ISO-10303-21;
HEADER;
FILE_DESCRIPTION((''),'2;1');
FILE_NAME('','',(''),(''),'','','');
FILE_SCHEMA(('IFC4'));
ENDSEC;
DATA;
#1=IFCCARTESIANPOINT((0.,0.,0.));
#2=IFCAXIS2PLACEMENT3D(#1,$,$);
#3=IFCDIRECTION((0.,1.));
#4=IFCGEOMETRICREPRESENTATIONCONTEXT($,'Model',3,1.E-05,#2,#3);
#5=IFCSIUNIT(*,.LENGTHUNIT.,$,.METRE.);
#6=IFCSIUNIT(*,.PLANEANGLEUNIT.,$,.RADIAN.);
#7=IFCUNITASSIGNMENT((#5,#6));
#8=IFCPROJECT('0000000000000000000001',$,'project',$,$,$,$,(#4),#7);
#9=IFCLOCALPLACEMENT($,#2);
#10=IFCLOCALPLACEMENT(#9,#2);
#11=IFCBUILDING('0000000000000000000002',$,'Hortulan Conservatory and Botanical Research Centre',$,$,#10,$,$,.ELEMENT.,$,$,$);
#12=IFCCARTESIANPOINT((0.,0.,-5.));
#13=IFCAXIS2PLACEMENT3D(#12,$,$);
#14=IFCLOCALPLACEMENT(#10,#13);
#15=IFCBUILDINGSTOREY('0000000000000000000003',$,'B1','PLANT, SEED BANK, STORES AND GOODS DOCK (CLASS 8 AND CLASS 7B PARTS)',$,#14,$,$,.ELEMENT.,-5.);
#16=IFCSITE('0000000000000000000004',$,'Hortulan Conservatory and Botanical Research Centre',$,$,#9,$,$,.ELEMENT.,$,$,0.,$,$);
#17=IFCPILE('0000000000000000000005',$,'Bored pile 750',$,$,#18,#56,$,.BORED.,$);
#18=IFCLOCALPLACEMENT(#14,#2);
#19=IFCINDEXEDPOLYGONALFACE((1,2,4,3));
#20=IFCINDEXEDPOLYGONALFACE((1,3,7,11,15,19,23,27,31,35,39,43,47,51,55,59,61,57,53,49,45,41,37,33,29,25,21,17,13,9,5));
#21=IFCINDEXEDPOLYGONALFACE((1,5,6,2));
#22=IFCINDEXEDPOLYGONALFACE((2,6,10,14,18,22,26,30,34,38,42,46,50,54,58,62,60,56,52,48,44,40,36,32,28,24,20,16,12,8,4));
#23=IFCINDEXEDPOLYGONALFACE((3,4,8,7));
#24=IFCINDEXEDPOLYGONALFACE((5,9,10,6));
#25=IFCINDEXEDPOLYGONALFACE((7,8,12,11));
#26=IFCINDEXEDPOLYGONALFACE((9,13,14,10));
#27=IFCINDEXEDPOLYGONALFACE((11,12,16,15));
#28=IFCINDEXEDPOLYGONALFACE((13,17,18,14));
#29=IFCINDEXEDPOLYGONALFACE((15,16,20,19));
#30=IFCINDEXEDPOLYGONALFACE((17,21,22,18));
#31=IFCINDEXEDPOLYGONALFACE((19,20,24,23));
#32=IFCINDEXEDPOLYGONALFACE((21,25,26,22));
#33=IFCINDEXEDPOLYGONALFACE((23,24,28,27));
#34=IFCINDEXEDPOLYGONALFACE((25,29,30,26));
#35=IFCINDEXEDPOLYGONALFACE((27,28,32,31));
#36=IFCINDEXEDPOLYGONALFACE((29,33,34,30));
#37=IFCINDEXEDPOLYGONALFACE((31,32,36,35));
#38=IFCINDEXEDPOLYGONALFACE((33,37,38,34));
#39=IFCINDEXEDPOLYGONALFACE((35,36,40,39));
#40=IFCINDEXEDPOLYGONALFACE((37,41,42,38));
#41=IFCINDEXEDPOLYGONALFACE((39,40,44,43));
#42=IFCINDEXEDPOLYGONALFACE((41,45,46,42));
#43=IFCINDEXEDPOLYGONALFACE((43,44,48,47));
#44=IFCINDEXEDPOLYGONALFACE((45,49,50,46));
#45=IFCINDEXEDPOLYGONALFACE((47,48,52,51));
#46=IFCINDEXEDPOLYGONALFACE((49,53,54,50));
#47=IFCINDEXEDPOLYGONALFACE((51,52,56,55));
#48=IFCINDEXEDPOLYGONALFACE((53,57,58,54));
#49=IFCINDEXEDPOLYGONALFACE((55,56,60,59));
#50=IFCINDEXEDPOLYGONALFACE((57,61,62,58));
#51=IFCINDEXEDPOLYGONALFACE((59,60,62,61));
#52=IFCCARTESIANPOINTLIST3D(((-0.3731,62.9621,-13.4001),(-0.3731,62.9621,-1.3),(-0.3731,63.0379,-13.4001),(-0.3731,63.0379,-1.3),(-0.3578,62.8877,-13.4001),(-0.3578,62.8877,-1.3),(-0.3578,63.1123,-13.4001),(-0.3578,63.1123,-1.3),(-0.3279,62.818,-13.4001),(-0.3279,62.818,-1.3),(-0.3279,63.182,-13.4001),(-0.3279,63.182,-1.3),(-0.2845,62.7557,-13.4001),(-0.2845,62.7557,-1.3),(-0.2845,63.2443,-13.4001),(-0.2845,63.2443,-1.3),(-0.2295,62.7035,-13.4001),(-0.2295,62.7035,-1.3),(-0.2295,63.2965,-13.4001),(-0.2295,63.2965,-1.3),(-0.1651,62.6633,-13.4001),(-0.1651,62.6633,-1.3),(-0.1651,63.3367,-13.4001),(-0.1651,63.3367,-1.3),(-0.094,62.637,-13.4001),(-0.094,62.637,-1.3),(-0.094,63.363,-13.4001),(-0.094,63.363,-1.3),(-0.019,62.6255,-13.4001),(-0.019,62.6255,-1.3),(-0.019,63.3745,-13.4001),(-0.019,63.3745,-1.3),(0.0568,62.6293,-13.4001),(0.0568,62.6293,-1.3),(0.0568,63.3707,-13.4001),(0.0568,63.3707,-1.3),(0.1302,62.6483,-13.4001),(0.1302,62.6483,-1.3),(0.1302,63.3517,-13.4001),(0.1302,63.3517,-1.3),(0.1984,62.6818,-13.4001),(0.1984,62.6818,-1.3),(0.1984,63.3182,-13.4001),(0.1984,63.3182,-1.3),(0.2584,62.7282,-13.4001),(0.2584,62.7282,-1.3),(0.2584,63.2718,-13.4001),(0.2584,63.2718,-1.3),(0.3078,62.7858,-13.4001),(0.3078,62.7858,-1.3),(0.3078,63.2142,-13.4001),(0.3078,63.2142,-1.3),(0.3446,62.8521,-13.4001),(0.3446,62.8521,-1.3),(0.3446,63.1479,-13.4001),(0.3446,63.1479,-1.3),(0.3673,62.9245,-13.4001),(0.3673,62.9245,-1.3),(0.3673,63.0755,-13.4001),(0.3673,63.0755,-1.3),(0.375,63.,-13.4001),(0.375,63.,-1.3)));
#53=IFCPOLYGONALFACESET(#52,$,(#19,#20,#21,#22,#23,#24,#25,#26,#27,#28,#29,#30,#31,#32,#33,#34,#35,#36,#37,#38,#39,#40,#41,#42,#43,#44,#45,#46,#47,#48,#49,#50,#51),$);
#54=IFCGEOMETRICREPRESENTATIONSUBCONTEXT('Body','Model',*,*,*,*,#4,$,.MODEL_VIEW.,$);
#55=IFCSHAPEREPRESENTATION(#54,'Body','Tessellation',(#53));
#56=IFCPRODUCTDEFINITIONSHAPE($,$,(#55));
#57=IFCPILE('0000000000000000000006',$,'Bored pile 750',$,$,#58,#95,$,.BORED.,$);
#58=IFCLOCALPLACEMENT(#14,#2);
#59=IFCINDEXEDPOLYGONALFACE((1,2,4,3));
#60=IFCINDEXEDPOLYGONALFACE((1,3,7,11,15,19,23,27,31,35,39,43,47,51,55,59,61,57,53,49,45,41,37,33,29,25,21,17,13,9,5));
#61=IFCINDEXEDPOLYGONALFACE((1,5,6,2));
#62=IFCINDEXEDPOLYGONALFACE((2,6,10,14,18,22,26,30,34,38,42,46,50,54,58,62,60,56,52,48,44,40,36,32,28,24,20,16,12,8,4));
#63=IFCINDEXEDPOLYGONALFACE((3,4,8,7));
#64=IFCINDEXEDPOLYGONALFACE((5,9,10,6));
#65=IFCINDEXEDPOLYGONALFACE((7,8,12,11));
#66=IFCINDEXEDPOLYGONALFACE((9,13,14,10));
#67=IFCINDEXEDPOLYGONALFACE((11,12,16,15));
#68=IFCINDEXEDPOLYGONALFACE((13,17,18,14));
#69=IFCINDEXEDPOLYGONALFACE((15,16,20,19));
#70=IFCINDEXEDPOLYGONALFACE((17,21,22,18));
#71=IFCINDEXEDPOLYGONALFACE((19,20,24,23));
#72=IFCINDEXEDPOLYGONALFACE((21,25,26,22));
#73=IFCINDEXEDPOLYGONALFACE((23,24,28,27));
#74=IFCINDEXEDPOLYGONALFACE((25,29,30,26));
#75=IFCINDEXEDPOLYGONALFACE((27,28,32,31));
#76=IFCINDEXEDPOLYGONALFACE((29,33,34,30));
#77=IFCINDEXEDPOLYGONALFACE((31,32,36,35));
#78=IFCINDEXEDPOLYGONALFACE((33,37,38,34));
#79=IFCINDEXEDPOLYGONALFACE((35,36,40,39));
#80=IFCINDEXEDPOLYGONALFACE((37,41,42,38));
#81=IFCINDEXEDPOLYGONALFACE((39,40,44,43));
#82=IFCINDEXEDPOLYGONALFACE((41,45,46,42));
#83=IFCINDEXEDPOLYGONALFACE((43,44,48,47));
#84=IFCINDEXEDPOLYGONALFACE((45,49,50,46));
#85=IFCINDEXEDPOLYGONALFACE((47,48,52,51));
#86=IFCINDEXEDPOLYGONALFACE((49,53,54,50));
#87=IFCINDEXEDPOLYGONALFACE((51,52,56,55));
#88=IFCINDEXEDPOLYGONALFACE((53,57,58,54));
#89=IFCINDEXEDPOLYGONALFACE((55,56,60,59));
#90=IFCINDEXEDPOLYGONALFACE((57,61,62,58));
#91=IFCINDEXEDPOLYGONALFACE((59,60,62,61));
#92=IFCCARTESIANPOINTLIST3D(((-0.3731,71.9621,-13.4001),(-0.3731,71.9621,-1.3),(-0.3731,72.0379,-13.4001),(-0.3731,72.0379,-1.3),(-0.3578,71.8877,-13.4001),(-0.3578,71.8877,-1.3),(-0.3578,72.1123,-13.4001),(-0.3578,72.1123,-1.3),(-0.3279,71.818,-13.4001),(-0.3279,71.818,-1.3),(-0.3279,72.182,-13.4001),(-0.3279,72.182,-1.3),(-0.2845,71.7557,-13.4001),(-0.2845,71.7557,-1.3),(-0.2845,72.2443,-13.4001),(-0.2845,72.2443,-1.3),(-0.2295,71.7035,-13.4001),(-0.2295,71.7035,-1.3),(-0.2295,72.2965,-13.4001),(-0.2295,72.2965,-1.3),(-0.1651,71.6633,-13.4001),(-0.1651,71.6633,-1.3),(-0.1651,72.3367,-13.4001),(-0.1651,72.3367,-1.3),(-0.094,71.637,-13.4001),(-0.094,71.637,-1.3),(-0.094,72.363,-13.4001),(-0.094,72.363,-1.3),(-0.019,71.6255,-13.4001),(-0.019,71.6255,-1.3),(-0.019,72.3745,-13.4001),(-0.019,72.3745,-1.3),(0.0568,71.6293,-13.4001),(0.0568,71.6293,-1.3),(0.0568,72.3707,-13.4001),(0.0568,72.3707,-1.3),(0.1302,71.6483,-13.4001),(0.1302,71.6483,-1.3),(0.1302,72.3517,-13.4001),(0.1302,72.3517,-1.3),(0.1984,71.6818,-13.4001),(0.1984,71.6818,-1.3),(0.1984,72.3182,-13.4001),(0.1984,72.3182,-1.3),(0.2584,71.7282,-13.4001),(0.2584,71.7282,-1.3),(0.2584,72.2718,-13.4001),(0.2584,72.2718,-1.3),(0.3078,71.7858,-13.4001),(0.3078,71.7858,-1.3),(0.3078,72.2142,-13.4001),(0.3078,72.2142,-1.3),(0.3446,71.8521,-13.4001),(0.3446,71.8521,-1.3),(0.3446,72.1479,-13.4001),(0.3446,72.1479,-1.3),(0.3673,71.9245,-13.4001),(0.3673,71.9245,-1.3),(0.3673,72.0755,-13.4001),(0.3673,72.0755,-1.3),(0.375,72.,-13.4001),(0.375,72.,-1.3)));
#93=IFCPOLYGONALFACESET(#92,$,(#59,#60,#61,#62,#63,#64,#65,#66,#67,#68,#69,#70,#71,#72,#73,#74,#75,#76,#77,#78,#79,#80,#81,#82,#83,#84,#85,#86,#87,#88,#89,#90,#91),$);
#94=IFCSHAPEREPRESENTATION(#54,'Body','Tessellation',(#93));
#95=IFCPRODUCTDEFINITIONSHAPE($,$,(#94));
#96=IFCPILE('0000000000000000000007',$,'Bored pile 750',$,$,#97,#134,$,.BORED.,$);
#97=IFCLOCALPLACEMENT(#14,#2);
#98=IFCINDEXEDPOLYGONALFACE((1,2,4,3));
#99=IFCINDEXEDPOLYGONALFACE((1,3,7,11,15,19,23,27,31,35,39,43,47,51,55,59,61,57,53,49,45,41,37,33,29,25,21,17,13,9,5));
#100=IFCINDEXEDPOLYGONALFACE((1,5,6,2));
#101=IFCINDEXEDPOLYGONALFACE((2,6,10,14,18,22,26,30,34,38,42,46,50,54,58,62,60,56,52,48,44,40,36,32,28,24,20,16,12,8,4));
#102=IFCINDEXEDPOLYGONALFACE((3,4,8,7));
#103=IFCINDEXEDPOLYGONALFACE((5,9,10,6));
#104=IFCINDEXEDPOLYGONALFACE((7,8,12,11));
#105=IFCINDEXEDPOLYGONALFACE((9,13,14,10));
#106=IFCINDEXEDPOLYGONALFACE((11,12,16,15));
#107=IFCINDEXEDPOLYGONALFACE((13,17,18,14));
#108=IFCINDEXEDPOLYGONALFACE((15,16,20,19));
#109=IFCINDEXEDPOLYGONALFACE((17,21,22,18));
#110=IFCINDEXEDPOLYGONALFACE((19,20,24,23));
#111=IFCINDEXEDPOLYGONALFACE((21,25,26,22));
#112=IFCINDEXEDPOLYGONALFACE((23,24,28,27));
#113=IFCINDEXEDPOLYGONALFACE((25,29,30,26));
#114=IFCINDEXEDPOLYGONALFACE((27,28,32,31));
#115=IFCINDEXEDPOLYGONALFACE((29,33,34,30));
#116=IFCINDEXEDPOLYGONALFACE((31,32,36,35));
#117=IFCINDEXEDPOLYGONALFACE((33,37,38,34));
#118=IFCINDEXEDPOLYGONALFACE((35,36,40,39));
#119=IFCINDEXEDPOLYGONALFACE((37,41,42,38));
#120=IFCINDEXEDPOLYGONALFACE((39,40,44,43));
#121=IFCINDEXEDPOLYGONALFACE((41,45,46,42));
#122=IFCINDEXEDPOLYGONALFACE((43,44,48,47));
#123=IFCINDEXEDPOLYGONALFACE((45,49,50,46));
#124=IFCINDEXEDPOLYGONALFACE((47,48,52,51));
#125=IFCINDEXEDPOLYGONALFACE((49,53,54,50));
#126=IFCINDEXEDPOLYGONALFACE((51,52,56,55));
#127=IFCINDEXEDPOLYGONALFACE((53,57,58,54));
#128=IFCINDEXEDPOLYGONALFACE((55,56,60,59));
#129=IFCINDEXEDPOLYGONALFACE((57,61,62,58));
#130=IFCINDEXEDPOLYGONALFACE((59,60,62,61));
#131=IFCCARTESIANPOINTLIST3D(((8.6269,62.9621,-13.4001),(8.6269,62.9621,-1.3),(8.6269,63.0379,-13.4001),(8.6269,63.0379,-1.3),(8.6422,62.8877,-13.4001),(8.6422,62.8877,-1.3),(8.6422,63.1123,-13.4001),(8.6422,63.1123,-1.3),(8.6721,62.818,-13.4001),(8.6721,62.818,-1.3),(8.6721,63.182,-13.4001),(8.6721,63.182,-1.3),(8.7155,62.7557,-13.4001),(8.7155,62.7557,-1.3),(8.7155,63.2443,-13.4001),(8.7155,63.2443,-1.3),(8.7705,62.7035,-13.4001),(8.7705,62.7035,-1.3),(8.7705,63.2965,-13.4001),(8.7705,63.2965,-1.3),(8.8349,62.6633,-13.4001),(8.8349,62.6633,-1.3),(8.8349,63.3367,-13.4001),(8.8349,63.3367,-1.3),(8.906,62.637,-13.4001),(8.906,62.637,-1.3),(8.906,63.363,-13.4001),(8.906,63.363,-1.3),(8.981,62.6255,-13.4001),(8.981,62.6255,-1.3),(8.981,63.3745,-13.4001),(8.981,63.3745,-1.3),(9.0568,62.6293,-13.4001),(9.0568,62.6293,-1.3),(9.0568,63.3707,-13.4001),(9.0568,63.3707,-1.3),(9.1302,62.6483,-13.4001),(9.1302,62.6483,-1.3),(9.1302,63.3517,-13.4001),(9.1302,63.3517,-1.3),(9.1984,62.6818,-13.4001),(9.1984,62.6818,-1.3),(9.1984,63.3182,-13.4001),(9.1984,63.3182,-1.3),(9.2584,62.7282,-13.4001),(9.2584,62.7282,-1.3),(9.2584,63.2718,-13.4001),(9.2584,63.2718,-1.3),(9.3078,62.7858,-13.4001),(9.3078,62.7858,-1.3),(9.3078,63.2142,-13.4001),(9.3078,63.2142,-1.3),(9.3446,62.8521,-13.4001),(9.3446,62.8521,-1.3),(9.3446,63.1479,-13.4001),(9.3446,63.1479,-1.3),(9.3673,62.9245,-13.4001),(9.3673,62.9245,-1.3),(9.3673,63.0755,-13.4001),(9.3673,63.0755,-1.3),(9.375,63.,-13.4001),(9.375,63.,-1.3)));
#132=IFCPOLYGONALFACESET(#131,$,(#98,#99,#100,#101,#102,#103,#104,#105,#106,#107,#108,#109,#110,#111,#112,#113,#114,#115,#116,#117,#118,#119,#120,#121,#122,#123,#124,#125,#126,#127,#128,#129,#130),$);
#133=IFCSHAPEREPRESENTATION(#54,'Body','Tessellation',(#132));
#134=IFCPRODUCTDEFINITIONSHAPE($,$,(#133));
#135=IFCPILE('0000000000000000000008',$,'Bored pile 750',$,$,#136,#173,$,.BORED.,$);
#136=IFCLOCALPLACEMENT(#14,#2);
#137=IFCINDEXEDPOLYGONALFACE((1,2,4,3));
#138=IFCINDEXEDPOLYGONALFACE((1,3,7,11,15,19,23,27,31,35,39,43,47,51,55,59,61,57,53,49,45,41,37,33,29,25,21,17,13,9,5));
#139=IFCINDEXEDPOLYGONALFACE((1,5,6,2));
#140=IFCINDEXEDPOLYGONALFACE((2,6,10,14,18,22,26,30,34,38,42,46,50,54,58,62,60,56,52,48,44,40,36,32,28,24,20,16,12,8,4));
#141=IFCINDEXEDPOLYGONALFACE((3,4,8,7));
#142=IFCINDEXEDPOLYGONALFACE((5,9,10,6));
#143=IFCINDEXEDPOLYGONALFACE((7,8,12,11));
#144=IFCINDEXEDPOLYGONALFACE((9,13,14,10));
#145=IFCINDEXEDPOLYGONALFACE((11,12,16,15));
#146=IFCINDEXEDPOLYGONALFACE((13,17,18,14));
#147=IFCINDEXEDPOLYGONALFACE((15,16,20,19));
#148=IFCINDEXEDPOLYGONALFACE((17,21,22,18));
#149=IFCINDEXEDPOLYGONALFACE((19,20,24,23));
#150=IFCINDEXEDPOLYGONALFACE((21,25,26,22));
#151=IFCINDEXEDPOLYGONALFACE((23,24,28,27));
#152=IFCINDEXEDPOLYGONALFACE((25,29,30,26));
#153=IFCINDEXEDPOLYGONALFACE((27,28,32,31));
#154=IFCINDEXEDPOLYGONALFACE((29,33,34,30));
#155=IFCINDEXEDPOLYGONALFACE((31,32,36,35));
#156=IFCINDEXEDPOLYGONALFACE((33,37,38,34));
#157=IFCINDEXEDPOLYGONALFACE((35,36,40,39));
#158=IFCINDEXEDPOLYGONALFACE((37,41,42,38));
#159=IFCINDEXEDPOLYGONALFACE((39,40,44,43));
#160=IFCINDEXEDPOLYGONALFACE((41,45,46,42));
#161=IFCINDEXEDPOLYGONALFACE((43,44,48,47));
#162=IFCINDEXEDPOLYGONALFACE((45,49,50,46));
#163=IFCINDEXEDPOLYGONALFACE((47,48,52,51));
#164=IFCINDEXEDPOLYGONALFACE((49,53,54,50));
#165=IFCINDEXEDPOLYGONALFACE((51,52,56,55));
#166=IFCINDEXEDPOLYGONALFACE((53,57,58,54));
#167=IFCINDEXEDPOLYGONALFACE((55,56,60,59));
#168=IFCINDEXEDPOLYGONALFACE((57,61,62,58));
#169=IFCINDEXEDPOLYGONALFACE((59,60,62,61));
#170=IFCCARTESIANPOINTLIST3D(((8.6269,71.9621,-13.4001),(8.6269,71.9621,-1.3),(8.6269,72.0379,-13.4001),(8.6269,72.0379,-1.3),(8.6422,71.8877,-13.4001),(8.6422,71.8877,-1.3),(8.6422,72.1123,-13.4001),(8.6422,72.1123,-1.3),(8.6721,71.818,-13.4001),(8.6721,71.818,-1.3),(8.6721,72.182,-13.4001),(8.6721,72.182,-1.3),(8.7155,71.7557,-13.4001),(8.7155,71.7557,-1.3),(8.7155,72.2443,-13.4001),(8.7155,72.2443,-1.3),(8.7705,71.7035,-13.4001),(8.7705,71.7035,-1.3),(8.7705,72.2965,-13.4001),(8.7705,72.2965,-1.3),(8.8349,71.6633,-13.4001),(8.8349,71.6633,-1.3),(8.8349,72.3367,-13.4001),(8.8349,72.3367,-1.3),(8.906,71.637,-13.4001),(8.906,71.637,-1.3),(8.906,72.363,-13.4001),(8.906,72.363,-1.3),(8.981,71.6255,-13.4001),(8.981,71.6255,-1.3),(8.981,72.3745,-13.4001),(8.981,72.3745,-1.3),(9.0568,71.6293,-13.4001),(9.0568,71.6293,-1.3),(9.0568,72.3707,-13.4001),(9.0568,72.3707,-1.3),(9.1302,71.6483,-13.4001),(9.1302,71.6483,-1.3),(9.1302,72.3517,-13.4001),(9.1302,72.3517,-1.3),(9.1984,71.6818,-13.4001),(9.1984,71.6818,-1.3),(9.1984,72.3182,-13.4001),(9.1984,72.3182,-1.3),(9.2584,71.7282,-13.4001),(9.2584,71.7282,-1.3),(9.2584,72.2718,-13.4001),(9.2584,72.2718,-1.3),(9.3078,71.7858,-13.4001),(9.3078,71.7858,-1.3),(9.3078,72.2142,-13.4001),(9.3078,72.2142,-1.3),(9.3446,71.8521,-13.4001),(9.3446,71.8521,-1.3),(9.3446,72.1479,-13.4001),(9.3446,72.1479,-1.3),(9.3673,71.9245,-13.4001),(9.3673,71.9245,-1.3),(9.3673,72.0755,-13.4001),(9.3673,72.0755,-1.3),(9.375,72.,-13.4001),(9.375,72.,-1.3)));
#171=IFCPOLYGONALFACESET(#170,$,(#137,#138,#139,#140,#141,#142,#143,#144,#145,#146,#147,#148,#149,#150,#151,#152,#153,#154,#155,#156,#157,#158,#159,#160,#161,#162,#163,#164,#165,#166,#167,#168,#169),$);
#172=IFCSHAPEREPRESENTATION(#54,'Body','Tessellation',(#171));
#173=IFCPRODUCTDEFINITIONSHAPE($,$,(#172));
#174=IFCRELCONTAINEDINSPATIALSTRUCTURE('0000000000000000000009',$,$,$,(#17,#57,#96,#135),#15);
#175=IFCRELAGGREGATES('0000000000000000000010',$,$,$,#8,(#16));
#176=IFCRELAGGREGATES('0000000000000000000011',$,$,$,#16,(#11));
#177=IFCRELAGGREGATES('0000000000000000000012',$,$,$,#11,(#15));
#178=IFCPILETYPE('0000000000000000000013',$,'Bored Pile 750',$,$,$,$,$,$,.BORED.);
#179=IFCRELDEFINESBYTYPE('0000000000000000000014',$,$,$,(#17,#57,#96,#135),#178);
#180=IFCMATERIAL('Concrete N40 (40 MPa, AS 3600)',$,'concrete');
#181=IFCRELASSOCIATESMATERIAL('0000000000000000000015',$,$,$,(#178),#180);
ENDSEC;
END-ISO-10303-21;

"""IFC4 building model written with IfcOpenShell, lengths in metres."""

from ifc_helpers import new_model, si_unit, direction, frame, origin, origin_2d, place, context, subcontext, project, spatial, circle, extrude, material, material_profile, profile_set, type_object, element, save


model = new_model("IFC4")

# Units and contexts
model_context = context("Model", 3, precision=1e-05, world=origin(), true_north=direction((0.0, 1.0)))
body_context = subcontext(model_context, "Body", "Model", "MODEL_VIEW")
ifc_project = project(units=[si_unit("LENGTHUNIT", "METRE"), si_unit("PLANEANGLEUNIT", "RADIAN")], contexts=[model_context])

# Site, building, storey
site_placement = place(None, origin())
site = spatial("IfcSite", under=ifc_project, at=site_placement, Name="Hortulan Conservatory and Botanical Research Centre", CompositionType="ELEMENT", RefElevation=0.0)
building_placement = place(site_placement, origin())
building = spatial("IfcBuilding", under=site, at=building_placement, Name="Hortulan Conservatory and Botanical Research Centre", CompositionType="ELEMENT")
storey_placement = place(building_placement, frame((0.0, 0.0, -5.0)))
storey = spatial("IfcBuildingStorey", under=building, at=storey_placement, Name="B1", Description="PLANT, SEED BANK, STORES AND GOODS DOCK (CLASS 8 AND CLASS 7B PARTS)", CompositionType="ELEMENT", Elevation=-5.0)

# Piles
ifc_material_1 = material(Name="Concrete N40 (40 MPa, AS 3600)", Category="concrete")
ifc_material_profile_1 = material_profile(ifc_material_1, circle(Radius=0.375, at=origin_2d()), Name="Bored pile 750 diameter")
ifc_profile_set_1 = profile_set([ifc_material_profile_1], Name="Concrete N40 (40 MPa, AS 3600)")
pile_type = type_object("IfcPileType", Name="Bored Pile 750", PredefinedType="BORED", material=ifc_profile_set_1)
for number, where, z_axis, x_axis, name in (
    (1, (0.0, 63.0, -1.3), (0.0, 0.0, -1.0), (1.0, 0.0, 0.0), "Bored pile 750"),
    (2, (0.0, 72.0, -1.3), (0.0, 0.0, -1.0), (1.0, 0.0, 0.0), "Bored pile 750"),
    (3, (9.0, 63.0, -1.3), (0.0, 0.0, -1.0), (1.0, 0.0, 0.0), "Bored pile 750"),
    (4, (9.0, 72.0, -1.3), (0.0, 0.0, -1.0), (1.0, 0.0, 0.0), "Bored pile 750"),
):
    element("IfcPile", number, at=place(storey_placement, frame(where, z_axis=z_axis, x_axis=x_axis)), inside=storey, type_object=pile_type, Name=name, PredefinedType="BORED", context=body_context, shape_type="SweptSolid", body=[
        extrude(circle(Radius=0.375, at=origin_2d()), origin(), (0.0, 0.0, 1.0), 12.1001),
    ])

save(model, "model.ifc")
